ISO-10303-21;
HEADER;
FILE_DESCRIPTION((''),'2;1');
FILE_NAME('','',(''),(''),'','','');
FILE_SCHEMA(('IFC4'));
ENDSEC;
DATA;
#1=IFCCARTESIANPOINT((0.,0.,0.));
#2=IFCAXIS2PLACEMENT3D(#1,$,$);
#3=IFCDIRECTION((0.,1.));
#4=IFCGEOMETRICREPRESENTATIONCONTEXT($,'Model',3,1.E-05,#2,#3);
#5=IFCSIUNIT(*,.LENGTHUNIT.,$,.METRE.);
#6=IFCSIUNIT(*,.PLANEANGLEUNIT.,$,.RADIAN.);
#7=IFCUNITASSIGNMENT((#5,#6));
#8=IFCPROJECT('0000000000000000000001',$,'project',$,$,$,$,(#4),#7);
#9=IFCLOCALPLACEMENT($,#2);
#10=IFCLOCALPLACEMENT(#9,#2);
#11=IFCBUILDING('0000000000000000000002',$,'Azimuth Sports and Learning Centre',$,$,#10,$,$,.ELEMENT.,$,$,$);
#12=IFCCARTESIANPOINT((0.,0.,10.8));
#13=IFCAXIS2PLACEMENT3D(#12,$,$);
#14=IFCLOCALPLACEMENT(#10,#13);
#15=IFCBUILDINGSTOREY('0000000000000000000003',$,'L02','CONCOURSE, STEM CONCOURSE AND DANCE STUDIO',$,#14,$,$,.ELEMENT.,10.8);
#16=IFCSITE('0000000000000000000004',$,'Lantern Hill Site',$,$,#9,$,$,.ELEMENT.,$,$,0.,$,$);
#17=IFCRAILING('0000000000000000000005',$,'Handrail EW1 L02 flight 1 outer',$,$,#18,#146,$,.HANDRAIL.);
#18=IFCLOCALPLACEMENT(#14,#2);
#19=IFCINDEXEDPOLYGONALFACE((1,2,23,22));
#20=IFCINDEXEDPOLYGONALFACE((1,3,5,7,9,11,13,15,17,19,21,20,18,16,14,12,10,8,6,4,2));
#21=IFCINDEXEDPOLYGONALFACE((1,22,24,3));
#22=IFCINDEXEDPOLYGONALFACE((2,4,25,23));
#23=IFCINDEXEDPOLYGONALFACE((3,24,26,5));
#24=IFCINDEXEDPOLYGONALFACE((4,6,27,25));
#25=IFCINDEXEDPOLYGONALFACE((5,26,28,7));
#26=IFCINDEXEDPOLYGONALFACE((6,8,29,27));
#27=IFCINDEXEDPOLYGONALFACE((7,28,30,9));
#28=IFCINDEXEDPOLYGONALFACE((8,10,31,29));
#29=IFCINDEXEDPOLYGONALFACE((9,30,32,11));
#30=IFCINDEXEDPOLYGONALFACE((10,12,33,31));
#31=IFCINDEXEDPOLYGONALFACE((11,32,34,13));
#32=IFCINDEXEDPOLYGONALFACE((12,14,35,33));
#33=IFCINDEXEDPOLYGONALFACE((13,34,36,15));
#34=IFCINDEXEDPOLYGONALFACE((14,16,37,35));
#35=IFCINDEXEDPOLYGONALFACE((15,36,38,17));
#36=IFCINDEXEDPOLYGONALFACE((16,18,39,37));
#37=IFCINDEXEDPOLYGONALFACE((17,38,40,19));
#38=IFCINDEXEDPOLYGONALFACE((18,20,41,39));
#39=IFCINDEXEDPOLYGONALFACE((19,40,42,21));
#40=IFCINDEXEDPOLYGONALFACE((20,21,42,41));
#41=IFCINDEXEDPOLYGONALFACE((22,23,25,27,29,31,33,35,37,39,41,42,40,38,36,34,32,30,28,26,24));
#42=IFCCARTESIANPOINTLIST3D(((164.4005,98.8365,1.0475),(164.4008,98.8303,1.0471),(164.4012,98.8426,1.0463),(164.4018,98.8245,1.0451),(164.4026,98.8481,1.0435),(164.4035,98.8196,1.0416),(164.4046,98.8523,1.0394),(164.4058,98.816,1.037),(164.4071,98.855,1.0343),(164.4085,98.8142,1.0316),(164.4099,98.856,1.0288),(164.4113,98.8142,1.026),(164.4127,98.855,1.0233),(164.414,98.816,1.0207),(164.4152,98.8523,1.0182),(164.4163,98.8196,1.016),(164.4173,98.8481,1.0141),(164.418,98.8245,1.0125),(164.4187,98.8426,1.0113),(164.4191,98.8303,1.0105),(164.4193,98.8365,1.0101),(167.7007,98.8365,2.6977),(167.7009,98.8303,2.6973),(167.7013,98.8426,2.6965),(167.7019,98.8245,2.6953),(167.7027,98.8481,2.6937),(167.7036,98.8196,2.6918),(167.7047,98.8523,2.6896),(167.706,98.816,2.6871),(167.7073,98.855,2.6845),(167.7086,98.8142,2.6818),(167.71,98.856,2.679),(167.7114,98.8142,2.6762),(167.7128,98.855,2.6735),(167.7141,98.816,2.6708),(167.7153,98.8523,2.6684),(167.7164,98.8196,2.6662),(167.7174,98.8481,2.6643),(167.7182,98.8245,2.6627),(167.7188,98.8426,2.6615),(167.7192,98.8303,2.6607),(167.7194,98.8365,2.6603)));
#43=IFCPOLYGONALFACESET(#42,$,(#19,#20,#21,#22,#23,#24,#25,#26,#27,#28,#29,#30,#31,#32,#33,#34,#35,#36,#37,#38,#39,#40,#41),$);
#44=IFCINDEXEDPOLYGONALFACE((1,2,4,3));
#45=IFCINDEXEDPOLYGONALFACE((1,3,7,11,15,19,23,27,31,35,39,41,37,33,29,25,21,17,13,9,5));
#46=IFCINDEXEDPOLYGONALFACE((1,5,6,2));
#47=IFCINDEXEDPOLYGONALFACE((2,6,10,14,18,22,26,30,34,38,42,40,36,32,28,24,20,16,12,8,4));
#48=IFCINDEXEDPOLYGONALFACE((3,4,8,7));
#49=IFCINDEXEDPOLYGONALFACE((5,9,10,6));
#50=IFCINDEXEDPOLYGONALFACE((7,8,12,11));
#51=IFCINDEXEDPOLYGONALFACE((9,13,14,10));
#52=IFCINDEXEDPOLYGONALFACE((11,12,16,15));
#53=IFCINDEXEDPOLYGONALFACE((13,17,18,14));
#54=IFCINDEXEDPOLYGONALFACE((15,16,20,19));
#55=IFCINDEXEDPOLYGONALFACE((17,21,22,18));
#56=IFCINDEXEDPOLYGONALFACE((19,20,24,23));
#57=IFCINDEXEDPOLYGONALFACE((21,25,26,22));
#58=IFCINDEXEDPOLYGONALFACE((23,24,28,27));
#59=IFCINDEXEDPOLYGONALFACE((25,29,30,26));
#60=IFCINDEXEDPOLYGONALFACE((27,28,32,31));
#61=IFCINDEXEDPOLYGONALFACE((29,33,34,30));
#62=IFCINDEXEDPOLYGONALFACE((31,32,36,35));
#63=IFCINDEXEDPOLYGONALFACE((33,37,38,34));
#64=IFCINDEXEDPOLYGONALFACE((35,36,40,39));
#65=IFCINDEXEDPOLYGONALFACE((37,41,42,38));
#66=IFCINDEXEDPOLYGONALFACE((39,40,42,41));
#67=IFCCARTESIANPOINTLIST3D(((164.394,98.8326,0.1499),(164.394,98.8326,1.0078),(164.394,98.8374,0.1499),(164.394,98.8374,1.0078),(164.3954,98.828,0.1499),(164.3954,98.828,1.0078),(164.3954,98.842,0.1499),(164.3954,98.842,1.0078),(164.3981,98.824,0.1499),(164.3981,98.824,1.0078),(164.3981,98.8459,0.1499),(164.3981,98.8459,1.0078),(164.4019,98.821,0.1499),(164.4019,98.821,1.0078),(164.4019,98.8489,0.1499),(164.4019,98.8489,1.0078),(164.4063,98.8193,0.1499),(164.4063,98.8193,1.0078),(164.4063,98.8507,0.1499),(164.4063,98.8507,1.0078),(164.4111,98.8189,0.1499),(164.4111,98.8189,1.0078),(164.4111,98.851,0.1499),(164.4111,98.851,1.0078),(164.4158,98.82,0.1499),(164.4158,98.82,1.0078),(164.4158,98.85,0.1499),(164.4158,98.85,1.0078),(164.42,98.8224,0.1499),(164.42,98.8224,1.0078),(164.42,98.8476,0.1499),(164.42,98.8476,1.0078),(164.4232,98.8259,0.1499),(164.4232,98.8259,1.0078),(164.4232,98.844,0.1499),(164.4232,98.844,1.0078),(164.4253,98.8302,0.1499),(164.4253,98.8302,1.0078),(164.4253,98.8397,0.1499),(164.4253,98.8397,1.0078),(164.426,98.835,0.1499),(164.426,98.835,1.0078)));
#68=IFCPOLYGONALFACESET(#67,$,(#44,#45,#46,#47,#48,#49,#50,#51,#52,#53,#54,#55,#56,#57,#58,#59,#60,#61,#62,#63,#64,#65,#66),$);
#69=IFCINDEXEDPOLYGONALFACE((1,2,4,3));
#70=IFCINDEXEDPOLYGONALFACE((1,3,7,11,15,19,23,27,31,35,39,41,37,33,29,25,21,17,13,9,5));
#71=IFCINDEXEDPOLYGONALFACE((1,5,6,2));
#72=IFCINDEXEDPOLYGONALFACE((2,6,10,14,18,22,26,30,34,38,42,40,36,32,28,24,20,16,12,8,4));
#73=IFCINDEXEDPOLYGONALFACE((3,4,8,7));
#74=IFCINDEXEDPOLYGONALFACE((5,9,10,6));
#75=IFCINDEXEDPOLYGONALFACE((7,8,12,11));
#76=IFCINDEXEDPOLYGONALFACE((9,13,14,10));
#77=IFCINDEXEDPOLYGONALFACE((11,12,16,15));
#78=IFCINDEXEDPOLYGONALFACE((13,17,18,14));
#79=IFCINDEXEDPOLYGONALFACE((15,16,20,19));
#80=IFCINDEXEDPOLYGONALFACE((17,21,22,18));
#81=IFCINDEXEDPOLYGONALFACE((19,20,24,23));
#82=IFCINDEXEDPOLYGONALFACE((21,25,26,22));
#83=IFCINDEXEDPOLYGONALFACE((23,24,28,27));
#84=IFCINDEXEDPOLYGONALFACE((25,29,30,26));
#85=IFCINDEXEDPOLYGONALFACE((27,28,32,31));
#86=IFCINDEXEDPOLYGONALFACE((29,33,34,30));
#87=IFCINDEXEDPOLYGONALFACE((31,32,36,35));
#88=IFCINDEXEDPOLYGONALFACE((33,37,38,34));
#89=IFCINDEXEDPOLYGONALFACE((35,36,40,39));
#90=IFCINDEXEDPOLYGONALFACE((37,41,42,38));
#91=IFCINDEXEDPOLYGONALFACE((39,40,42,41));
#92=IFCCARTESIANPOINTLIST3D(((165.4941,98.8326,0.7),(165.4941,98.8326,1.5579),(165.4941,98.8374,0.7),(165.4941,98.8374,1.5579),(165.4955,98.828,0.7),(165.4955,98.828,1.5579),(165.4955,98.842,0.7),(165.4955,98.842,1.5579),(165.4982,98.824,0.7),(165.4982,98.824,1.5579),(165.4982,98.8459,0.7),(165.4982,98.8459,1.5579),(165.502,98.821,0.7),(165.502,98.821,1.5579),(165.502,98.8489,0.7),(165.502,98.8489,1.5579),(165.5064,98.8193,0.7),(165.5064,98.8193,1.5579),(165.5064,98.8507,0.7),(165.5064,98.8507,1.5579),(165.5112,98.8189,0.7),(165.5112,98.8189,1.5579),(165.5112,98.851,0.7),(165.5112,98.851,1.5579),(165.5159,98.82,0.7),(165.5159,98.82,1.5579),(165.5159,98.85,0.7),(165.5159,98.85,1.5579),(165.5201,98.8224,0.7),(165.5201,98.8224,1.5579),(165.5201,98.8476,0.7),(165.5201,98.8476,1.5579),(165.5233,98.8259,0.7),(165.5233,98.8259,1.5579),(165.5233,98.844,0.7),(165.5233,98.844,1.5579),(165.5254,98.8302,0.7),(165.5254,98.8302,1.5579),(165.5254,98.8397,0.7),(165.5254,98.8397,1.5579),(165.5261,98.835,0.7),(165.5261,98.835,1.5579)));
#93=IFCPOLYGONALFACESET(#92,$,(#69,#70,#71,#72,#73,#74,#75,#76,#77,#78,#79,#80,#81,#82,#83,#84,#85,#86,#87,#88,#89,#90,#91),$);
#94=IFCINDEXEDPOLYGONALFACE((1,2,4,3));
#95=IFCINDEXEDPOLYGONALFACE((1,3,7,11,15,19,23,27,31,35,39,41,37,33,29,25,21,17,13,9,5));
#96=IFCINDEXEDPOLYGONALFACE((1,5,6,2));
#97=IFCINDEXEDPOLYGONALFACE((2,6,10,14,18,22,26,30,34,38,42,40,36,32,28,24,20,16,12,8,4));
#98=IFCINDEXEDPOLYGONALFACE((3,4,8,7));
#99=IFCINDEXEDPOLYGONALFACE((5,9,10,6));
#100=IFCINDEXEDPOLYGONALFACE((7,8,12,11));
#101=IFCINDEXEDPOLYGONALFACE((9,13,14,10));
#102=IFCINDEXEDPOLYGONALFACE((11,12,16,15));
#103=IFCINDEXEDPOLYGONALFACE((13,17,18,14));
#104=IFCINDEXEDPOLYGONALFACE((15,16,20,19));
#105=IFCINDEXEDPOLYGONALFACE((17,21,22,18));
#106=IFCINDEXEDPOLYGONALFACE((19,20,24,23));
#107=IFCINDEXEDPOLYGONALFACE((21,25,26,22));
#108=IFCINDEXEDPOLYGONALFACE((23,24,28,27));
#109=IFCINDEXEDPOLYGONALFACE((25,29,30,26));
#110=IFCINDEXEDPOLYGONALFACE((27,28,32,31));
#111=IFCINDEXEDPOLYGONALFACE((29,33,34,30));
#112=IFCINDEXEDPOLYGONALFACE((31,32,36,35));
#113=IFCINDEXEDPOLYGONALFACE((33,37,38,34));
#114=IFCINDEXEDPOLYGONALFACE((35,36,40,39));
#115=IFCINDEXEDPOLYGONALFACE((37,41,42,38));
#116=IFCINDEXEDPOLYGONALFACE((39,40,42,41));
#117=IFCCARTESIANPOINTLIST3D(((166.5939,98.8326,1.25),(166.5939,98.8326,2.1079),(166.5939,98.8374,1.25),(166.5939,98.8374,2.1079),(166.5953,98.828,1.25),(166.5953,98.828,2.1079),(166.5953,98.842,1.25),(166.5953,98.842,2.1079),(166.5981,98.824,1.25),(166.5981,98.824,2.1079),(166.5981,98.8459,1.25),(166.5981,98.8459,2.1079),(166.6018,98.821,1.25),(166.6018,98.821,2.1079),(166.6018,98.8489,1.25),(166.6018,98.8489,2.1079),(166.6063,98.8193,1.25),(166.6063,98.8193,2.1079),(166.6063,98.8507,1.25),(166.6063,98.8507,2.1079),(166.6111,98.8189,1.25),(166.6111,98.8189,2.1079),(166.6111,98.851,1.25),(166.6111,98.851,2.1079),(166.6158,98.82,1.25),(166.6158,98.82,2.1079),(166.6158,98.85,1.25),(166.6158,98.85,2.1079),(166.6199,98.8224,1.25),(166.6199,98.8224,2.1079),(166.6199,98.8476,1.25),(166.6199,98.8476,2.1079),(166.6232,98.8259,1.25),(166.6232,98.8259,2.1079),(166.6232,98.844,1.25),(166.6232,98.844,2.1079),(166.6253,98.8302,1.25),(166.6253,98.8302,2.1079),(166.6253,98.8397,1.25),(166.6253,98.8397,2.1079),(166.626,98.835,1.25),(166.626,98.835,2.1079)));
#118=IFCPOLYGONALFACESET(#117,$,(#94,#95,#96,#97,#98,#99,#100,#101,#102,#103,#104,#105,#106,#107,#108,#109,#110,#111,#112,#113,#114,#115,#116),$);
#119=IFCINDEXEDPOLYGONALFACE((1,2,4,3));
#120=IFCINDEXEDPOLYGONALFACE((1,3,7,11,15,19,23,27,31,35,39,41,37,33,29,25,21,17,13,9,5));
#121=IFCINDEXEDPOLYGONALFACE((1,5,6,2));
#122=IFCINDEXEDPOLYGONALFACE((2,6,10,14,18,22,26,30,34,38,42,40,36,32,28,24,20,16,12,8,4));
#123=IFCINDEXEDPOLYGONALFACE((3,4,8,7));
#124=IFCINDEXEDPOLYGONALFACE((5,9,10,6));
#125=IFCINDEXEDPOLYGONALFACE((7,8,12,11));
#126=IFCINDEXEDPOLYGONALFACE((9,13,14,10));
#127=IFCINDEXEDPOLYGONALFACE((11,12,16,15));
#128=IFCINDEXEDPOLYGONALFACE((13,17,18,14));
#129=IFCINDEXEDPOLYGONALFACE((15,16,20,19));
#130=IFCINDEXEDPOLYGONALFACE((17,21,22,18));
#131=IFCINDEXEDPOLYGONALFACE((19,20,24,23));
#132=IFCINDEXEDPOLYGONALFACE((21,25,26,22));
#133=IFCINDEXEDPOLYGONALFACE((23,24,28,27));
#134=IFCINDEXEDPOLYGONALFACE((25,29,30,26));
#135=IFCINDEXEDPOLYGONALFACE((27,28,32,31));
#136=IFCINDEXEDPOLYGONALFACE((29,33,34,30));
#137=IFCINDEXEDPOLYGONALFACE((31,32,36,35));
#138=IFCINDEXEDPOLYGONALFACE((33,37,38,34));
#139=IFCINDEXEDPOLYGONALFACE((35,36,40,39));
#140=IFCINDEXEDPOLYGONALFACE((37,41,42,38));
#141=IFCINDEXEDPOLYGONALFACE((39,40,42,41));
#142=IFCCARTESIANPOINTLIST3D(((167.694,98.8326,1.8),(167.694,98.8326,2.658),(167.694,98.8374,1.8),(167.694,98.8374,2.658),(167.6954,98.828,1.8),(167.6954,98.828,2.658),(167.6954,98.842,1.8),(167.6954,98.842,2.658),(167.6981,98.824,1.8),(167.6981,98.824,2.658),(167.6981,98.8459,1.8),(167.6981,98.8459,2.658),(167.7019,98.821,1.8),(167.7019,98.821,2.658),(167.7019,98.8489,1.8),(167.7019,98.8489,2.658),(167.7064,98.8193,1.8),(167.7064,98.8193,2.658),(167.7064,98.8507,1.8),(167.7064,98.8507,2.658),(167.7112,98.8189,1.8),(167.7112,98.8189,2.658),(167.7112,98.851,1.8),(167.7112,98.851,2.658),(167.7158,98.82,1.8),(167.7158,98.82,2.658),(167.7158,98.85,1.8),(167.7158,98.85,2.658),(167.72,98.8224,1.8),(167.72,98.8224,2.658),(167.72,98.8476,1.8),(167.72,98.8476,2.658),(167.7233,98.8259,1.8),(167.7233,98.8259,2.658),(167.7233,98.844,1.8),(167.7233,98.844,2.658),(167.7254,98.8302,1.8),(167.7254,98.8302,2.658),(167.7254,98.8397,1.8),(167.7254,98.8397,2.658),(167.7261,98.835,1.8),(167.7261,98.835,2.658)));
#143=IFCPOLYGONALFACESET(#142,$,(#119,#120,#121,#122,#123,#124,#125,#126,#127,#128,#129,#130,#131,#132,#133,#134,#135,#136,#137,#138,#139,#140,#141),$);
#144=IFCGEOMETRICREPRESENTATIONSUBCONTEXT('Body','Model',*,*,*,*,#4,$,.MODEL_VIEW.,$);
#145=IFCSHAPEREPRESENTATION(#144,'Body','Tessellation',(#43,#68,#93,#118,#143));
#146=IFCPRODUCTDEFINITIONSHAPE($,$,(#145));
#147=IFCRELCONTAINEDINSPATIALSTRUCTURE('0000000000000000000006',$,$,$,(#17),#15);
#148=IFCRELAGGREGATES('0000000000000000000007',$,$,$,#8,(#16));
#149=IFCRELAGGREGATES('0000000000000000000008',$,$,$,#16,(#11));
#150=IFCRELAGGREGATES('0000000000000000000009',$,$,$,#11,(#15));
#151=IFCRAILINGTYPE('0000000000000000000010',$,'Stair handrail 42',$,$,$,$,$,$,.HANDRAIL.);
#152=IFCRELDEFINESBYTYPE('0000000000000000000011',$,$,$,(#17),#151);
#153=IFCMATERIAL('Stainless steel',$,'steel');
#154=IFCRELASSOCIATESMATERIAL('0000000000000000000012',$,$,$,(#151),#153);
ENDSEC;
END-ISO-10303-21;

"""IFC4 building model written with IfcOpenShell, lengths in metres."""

from ifc_helpers import new_model, si_unit, direction, frame, origin, origin_2d, place, context, subcontext, project, spatial, circle, extrude, material, type_object, element, save


model = new_model("IFC4")

# Units and contexts
model_context = context("Model", 3, precision=1e-05, world=origin(), true_north=direction((0.0, 1.0)))
body_context = subcontext(model_context, "Body", "Model", "MODEL_VIEW")
ifc_project = project(units=[si_unit("LENGTHUNIT", "METRE"), si_unit("PLANEANGLEUNIT", "RADIAN")], contexts=[model_context])

# Site, building, storey
site_placement = place(None, origin())
site = spatial("IfcSite", under=ifc_project, at=site_placement, Name="Lantern Hill Site", CompositionType="ELEMENT", RefElevation=0.0)
building_placement = place(site_placement, origin())
building = spatial("IfcBuilding", under=site, at=building_placement, Name="Azimuth Sports and Learning Centre", CompositionType="ELEMENT")
storey_placement = place(building_placement, frame((0.0, 0.0, 10.8)))
storey = spatial("IfcBuildingStorey", under=building, at=storey_placement, Name="L02", Description="CONCOURSE, STEM CONCOURSE AND DANCE STUDIO", CompositionType="ELEMENT", Elevation=10.8)

# Railing
ifc_material_1 = material(Name="Stainless steel", Category="steel")
railing_type_1 = type_object("IfcRailingType", Name="Stair handrail 42", PredefinedType="HANDRAIL", material=ifc_material_1)
for number, where, name in (
    (1, (164.4099, 98.835, 0.1499), "Handrail EW1 L02 flight 1 outer"),
):
    element("IfcRailing", number, at=place(storey_placement, frame(where)), inside=storey, type_object=railing_type_1, Name=name, PredefinedType="HANDRAIL", context=body_context, shape_type="SweptSolid", body=[
        extrude(circle(Radius=0.021, at=origin_2d()), frame((0.0, 0.0, 0.8789), z_axis=(0.894414, 0.0, 0.44724), x_axis=(0.0, 1.0, 0.0)), (0.0, 0.0, 1.0), 3.6897),
        extrude(circle(Radius=0.0161, at=origin_2d()), origin(), (0.0, 0.0, 1.0), 0.8579),
        extrude(circle(Radius=0.0161, at=origin_2d()), frame((1.1001, 0.0, 0.55)), (0.0, 0.0, 1.0), 0.8579),
        extrude(circle(Radius=0.0161, at=origin_2d()), frame((2.2, 0.0, 1.1001)), (0.0, 0.0, 1.0), 0.8579),
        extrude(circle(Radius=0.0161, at=origin_2d()), frame((3.3, 0.0, 1.6501)), (0.0, 0.0, 1.0), 0.8579),
    ])

save(model, "model.ifc")
